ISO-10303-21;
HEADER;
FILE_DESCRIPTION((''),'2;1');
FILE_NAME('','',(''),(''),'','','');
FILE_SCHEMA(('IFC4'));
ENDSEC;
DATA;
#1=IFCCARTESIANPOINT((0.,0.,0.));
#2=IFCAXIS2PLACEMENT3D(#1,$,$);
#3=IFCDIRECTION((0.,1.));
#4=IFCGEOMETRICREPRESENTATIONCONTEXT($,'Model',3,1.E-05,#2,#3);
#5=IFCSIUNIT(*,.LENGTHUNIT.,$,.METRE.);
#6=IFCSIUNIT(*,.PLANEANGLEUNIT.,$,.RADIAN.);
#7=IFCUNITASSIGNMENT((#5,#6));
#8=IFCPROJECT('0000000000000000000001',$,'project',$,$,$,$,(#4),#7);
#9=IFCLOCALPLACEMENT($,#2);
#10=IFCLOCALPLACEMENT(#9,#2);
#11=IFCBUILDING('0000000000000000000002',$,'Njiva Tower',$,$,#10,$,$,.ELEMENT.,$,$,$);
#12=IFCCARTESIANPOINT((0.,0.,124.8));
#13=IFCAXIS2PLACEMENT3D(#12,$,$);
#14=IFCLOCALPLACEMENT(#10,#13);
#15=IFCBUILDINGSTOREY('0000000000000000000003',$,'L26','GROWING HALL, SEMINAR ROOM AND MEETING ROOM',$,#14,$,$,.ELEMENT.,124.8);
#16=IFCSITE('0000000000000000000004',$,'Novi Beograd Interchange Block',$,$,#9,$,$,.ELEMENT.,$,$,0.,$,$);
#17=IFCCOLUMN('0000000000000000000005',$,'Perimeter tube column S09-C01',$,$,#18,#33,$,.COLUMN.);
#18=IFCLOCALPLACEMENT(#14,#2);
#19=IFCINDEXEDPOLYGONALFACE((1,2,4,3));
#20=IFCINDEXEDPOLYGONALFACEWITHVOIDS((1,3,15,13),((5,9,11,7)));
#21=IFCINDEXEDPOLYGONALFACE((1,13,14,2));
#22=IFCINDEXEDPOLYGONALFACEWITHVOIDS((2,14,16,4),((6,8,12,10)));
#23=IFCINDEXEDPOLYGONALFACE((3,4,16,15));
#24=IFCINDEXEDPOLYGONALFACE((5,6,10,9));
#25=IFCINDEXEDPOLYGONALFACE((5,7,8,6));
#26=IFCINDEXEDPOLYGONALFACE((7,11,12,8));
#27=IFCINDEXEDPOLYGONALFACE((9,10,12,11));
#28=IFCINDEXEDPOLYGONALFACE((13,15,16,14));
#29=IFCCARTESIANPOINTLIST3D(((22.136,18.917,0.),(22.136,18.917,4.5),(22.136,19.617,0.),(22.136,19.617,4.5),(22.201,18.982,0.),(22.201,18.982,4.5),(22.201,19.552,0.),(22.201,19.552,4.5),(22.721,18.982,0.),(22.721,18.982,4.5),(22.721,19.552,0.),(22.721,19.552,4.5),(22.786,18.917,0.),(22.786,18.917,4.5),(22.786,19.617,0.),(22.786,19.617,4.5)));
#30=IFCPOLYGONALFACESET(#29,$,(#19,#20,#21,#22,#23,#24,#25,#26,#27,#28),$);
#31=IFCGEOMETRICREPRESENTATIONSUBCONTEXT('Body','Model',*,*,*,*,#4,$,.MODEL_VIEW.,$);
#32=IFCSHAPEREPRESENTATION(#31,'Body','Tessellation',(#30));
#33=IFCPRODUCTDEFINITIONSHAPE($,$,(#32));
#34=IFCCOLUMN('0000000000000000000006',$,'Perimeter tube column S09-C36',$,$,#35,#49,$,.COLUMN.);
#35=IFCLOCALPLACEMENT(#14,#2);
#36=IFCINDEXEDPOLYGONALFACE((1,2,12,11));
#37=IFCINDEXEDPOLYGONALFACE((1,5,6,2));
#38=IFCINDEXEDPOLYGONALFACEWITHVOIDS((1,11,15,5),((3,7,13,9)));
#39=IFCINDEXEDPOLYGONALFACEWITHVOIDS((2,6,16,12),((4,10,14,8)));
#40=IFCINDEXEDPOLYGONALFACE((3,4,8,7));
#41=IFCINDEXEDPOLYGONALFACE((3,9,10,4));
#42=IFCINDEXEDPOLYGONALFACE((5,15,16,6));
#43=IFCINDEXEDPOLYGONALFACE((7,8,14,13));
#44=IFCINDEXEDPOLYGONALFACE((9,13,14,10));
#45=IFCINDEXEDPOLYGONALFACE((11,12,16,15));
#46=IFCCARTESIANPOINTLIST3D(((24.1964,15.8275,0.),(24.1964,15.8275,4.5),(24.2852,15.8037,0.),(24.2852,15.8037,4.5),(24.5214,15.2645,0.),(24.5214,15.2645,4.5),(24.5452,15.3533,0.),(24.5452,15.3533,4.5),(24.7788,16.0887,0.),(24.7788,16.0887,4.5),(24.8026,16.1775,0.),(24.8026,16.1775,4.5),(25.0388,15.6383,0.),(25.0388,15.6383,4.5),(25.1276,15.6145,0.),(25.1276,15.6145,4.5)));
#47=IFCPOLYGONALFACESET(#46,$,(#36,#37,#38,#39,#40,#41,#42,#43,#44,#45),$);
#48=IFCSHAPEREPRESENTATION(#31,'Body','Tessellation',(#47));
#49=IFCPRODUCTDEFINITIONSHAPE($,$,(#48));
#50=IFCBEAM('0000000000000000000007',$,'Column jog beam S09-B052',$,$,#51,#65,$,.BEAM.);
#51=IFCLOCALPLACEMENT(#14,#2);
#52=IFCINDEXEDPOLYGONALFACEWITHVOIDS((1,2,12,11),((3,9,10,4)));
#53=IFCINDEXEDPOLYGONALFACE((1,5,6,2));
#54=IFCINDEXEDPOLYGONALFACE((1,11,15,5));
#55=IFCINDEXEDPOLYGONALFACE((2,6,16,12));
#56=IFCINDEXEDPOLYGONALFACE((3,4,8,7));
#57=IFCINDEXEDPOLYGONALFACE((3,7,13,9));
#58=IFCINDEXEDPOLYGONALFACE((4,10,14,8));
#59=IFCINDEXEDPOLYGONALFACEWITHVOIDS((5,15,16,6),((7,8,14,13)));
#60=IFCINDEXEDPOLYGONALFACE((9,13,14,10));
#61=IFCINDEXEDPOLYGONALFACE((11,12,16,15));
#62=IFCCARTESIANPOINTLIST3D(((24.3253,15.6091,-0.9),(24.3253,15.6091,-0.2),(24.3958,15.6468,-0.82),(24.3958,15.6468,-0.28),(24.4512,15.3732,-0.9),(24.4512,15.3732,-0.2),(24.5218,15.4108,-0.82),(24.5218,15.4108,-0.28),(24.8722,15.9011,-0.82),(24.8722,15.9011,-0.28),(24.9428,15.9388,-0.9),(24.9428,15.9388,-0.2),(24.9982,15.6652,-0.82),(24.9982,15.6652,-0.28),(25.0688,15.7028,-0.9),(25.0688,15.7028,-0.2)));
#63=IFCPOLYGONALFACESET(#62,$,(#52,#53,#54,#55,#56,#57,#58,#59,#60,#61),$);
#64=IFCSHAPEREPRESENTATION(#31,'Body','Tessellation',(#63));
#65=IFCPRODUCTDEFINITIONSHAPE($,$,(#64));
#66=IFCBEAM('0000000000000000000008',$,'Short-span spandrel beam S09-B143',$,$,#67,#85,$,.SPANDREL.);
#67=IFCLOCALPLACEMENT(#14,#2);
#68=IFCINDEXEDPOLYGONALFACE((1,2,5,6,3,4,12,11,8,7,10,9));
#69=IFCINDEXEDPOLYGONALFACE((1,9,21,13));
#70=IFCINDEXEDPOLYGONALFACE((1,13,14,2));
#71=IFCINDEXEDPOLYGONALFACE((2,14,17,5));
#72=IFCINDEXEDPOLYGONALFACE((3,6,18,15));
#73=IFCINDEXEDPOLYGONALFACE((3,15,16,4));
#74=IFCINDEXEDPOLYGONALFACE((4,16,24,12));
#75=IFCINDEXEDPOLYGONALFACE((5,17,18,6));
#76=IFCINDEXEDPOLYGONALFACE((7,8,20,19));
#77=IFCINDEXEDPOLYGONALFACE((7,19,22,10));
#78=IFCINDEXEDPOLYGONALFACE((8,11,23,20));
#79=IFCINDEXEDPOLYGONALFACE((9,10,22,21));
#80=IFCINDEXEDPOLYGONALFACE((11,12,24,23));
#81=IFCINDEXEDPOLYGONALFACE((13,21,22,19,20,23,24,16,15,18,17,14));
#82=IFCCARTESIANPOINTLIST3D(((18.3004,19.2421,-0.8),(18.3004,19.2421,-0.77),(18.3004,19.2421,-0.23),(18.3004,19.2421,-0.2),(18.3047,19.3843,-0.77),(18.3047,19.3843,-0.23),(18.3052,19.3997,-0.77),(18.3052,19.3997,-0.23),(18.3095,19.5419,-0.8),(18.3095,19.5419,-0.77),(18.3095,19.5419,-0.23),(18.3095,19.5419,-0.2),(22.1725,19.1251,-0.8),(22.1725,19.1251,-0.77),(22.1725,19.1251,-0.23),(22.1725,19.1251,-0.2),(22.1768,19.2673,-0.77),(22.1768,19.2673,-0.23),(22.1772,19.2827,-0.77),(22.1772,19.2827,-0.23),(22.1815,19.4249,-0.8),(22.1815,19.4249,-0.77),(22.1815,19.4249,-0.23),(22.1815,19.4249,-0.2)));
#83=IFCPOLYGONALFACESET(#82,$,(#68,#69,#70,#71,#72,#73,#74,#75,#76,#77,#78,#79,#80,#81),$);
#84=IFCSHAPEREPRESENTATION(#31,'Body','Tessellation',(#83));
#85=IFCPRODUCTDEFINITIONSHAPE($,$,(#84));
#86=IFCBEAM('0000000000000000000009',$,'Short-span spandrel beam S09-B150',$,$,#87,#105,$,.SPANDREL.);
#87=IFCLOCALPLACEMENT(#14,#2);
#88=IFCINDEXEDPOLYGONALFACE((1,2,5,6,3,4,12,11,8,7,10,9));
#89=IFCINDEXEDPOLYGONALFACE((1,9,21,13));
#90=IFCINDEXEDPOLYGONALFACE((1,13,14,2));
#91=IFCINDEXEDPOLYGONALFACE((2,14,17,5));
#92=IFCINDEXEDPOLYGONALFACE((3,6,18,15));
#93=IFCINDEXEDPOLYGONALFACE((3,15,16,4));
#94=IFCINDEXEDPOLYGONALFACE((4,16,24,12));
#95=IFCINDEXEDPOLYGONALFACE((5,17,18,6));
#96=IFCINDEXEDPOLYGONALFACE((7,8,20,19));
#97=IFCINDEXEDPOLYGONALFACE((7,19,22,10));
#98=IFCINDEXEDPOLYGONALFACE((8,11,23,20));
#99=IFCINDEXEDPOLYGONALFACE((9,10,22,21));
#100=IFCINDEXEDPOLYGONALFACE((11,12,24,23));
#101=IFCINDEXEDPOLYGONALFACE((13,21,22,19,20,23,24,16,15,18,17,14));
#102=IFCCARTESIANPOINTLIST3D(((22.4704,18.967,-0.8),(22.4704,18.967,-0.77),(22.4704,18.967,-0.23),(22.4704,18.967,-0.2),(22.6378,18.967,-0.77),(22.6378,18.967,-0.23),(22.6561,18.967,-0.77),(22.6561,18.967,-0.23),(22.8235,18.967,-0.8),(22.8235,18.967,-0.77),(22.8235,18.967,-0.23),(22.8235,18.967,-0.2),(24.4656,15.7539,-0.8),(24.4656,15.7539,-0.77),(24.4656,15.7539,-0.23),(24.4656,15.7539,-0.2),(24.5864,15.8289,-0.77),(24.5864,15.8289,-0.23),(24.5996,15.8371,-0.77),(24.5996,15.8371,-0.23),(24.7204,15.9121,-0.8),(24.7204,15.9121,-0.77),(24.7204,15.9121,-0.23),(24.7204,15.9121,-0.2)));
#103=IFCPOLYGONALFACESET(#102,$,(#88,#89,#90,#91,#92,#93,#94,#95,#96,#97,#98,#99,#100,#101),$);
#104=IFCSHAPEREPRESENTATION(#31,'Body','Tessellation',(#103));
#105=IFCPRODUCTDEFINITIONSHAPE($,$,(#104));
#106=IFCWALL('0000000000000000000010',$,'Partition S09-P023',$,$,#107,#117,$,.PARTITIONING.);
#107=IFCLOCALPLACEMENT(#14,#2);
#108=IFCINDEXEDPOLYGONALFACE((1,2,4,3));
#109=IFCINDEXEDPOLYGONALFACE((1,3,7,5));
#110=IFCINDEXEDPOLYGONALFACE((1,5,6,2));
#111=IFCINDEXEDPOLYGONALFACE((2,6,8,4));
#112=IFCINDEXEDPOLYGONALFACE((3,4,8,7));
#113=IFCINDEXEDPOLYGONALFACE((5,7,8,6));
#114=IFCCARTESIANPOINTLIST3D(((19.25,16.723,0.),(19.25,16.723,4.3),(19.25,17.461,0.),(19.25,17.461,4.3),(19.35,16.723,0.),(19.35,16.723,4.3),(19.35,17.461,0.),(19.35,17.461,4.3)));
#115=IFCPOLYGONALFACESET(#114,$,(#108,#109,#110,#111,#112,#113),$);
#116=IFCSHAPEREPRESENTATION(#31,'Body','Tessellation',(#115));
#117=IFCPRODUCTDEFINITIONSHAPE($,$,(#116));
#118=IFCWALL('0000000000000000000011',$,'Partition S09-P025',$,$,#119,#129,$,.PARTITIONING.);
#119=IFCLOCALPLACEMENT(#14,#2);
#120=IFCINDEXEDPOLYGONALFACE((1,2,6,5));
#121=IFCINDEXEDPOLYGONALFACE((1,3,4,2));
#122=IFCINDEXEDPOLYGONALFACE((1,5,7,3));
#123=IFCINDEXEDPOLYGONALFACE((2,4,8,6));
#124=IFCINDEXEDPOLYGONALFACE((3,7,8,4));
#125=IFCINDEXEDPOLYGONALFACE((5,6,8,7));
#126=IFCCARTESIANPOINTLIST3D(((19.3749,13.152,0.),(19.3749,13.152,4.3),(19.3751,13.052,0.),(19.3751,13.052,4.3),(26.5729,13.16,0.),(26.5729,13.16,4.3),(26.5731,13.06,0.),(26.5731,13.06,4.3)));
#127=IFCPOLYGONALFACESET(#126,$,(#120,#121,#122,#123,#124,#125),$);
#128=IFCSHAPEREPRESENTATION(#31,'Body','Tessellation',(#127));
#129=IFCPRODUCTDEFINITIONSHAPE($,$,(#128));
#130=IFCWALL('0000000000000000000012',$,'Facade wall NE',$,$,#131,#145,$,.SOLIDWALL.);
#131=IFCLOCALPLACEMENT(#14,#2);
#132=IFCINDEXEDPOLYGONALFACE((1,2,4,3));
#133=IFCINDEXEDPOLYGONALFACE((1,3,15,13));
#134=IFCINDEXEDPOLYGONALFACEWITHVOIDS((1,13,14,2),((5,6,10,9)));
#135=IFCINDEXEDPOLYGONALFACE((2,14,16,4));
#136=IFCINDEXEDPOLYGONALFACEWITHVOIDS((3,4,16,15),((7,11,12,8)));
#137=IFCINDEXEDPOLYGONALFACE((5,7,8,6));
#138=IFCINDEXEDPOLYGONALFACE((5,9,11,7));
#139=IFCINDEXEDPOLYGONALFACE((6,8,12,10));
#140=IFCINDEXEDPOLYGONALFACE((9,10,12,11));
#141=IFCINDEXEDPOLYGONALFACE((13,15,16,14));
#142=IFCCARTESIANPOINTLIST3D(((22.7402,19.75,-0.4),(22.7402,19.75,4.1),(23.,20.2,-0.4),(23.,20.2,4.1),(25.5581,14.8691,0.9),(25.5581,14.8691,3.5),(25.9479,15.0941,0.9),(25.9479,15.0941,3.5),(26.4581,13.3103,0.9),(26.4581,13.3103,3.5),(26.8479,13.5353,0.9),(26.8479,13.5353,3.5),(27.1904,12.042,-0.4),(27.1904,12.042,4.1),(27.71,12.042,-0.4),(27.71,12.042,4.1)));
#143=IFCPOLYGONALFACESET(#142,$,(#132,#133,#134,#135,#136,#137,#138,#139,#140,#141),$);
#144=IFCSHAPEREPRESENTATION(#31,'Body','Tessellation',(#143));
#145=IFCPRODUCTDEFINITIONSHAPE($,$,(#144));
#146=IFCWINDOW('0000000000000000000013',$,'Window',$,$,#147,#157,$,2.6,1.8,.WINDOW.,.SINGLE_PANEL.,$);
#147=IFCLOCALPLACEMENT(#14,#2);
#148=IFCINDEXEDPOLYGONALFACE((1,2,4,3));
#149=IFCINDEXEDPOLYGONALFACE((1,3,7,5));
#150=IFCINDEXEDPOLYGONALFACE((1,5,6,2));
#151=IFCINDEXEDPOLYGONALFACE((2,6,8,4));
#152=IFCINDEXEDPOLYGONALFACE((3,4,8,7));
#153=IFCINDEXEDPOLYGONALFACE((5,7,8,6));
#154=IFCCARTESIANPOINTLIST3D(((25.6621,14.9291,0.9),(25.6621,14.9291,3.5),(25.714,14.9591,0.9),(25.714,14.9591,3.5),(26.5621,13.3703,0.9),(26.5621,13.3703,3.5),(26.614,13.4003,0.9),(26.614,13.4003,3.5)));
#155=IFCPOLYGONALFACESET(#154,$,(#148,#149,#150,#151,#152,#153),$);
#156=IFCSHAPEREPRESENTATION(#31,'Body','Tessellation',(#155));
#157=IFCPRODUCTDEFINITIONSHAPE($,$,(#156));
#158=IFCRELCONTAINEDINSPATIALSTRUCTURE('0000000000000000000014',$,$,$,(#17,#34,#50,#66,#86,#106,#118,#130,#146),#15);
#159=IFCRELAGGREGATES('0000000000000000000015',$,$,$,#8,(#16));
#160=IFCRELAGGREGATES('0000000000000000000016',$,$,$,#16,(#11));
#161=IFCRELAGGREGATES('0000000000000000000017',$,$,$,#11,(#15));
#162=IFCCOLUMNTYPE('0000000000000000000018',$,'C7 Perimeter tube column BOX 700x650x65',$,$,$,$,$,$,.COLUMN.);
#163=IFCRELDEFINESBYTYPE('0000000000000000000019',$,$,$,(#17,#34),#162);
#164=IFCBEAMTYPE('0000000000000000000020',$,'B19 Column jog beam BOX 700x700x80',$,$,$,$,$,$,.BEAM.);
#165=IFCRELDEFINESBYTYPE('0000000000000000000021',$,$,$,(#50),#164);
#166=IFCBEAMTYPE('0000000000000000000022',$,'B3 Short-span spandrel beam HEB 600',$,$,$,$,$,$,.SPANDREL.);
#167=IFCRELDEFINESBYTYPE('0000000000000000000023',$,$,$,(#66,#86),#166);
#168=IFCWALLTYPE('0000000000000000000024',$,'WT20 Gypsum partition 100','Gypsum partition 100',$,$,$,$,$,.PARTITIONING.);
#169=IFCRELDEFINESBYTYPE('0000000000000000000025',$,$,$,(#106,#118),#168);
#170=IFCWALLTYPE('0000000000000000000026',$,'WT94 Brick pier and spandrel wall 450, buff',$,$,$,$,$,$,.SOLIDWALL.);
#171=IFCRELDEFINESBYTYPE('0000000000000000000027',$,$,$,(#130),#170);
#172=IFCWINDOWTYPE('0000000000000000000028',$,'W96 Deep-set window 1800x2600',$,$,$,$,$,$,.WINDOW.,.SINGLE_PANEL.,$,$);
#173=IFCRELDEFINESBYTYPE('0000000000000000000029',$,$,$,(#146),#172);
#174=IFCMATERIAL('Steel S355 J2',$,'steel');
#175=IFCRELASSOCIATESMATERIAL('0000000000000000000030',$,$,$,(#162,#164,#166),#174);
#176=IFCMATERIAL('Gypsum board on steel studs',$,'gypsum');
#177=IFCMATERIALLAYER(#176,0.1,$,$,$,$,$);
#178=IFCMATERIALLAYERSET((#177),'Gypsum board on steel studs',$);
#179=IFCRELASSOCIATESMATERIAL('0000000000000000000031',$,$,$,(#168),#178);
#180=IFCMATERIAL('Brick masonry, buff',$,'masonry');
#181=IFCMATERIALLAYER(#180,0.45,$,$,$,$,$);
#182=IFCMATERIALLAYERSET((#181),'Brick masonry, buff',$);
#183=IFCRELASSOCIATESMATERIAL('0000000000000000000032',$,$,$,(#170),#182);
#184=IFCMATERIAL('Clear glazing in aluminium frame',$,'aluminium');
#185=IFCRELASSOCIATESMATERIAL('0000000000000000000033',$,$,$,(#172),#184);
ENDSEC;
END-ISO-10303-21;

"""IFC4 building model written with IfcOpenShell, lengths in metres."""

from ifc_helpers import new_model, si_unit, direction, frame, frame_2d, origin, origin_2d, place, context, subcontext, project, spatial, polyline, rectangle, hollow_rectangle, i_section, outline, extrude, clip, halfspace, material, layer, layer_set, material_profile, profile_set, type_object, element, fill, save


model = new_model("IFC4")

# Units and contexts
model_context = context("Model", 3, precision=1e-05, world=origin(), true_north=direction((0.0, 1.0)))
body_context = subcontext(model_context, "Body", "Model", "MODEL_VIEW")
ifc_project = project(units=[si_unit("LENGTHUNIT", "METRE"), si_unit("PLANEANGLEUNIT", "RADIAN")], contexts=[model_context])

# Site, building, storey
site_placement = place(None, origin())
site = spatial("IfcSite", under=ifc_project, at=site_placement, Name="Novi Beograd Interchange Block", CompositionType="ELEMENT", RefElevation=0.0)
building_placement = place(site_placement, origin())
building = spatial("IfcBuilding", under=site, at=building_placement, Name="Njiva Tower", CompositionType="ELEMENT")
storey_placement = place(building_placement, frame((0.0, 0.0, 124.8)))
storey = spatial("IfcBuildingStorey", under=building, at=storey_placement, Name="L26", Description="GROWING HALL, SEMINAR ROOM AND MEETING ROOM", CompositionType="ELEMENT", Elevation=124.8)

# Columns
ifc_material_1 = material(Name="Steel S355 J2", Category="steel")
ifc_material_profile_1 = material_profile(ifc_material_1, hollow_rectangle(XDim=0.65, YDim=0.7, WallThickness=0.065, at=origin_2d()), Name="BOX 700x650x65")
ifc_profile_set_1 = profile_set([ifc_material_profile_1], Name="Steel S355 J2")
column_type = type_object("IfcColumnType", Name="C7 Perimeter tube column BOX 700x650x65", PredefinedType="COLUMN", material=ifc_profile_set_1)
for number, where, z_axis, x_axis, name in (
    (1, (22.461, 19.267, 0.0), (0.0, 0.0, 1.0), (-1.0, 0.0, 0.0), "Perimeter tube column S09-C01"),
    (2, (24.662, 15.721, 0.0), (0.0, 0.0, 1.0), (-0.5, 0.866025, 0.0), "Perimeter tube column S09-C36"),
):
    element("IfcColumn", number, at=place(storey_placement, frame(where, z_axis=z_axis, x_axis=x_axis)), inside=storey, type_object=column_type, Name=name, PredefinedType="COLUMN", context=body_context, shape_type="SweptSolid", body=[
        extrude(hollow_rectangle(XDim=0.65, YDim=0.7, WallThickness=0.065, at=origin_2d()), origin(), (0.0, 0.0, 1.0), 4.5),
    ])

# Beams
ifc_material_profile_2 = material_profile(ifc_material_1, hollow_rectangle(XDim=0.7, YDim=0.7, WallThickness=0.08, at=origin_2d()), Name="BOX 700x700x80")
ifc_profile_set_2 = profile_set([ifc_material_profile_2], Name="Steel S355 J2")
beam_type_1 = type_object("IfcBeamType", Name="B19 Column jog beam BOX 700x700x80", PredefinedType="BEAM", material=ifc_profile_set_2)
beam_1_placement = place(storey_placement, frame((24.76, 15.538, -0.55), z_axis=(-0.470976, 0.882146, 0.0), x_axis=(-0.882146, -0.470976, 0.0)))
element("IfcBeam", 3, at=beam_1_placement, inside=storey, type_object=beam_type_1, Name="Column jog beam S09-B052", PredefinedType="BEAM", context=body_context, shape_type="SweptSolid", body=[
    extrude(hollow_rectangle(XDim=0.7, YDim=0.7, WallThickness=0.08, at=origin_2d()), origin(), (0.0, 0.0, 1.0), 0.2675),
])
ifc_material_profile_3 = material_profile(ifc_material_1, i_section(OverallWidth=0.3, OverallDepth=0.6, WebThickness=0.0155, FlangeThickness=0.03, at=origin_2d()), Name="HEB 600")
ifc_profile_set_3 = profile_set([ifc_material_profile_3], Name="Steel S355 J2")
beam_type_2 = type_object("IfcBeamType", Name="B3 Short-span spandrel beam HEB 600", PredefinedType="SPANDREL", material=ifc_profile_set_3)
beam_2_placement = place(storey_placement, frame((22.177, 19.275, -0.5), z_axis=(-0.999544, 0.030203, 0.0), x_axis=(-0.030203, -0.999544, 0.0)))
element("IfcBeam", 4, at=beam_2_placement, inside=storey, type_object=beam_type_2, Name="Short-span spandrel beam S09-B143", PredefinedType="SPANDREL", context=body_context, shape_type="SweptSolid", body=[
    extrude(i_section(OverallWidth=0.3, OverallDepth=0.6, WebThickness=0.0155, FlangeThickness=0.03, at=origin_2d()), origin(), (0.0, 0.0, 1.0), 3.8738),
])
beam_3_placement = place(storey_placement, frame((24.593, 15.833, -0.5), z_axis=(-0.527511, 0.849548, 0.0), x_axis=(-0.849548, -0.527511, 0.0)))
element("IfcBeam", 5, at=beam_3_placement, inside=storey, type_object=beam_type_2, Name="Short-span spandrel beam S09-B150", PredefinedType="SPANDREL", context=body_context, shape_type="Clipping", body=[
    clip(extrude(i_section(OverallWidth=0.3, OverallDepth=0.6, WebThickness=0.0155, FlangeThickness=0.03, at=origin_2d()), origin(), (0.0, 0.0, 1.0), 3.802), halfspace(frame((-0.0267, 0.0, 3.6725), z_axis=(-0.527511, 0.0, 0.849548), x_axis=(0.0, 1.0, 0.0)), False)),
])

# Walls
ifc_material_2 = material(Name="Gypsum board on steel studs", Category="gypsum")
ifc_layer_1 = layer(ifc_material_2, 0.1)
ifc_layer_set_1 = layer_set([ifc_layer_1], Name="Gypsum board on steel studs")
wall_type_1 = type_object("IfcWallType", Name="WT20 Gypsum partition 100", Description="Gypsum partition 100", PredefinedType="PARTITIONING", material=ifc_layer_set_1)
wall_1_placement = place(storey_placement, frame((19.3, 16.723, 0.0), z_axis=(0.0, 0.0, 1.0), x_axis=(0.0, 1.0, 0.0)))
element("IfcWall", 6, at=wall_1_placement, inside=storey, type_object=wall_type_1, Name="Partition S09-P023", PredefinedType="PARTITIONING", context=body_context, shape_type="SweptSolid", body=[
    extrude(rectangle(XDim=0.738, YDim=0.1, at=frame_2d((0.369, 0.0))), origin(), (0.0, 0.0, 1.0), 4.3),
])
wall_2_placement = place(storey_placement, frame((19.375, 13.102, 0.0), z_axis=(0.0, 0.0, 1.0), x_axis=(0.999999, 0.001111, 0.0)))
element("IfcWall", 7, at=wall_2_placement, inside=storey, type_object=wall_type_1, Name="Partition S09-P025", PredefinedType="PARTITIONING", context=body_context, shape_type="SweptSolid", body=[
    extrude(rectangle(XDim=7.198, YDim=0.1, at=frame_2d((3.599, 0.0))), origin(), (0.0, 0.0, 1.0), 4.3),
])

# Shared definitions
ifc_material_3 = material(Name="Clear glazing in aluminium frame", Category="aluminium")

# Wall, opening, window
ifc_material_4 = material(Name="Brick masonry, buff", Category="masonry")
ifc_layer_2 = layer(ifc_material_4, 0.45)
ifc_layer_set_2 = layer_set([ifc_layer_2], Name="Brick masonry, buff")
wall_type_2 = type_object("IfcWallType", Name="WT94 Brick pier and spandrel wall 450, buff", PredefinedType="SOLIDWALL", material=ifc_layer_set_2)
wall_3_placement = place(storey_placement, frame((27.4502, 12.042, -0.4), z_axis=(0.0, 0.0, 1.0), x_axis=(-0.499998, 0.866026, 0.0)))
wall_3 = element("IfcWall", 8, at=wall_3_placement, inside=storey, type_object=wall_type_2, Name="Facade wall NE", PredefinedType="SOLIDWALL", context=body_context, shape_type="SweptSolid", body=[
    extrude(outline(polyline([(-0.1299, -0.225), (9.2901, -0.225), (9.0303, 0.225), (0.1299, 0.225), (-0.1299, -0.225)])), origin(), (0.0, 0.0, 1.0), 4.5),
])
opening_1_placement = place(wall_3_placement, frame((1.5944, 0.0, 1.3)))
opening_1 = element("IfcOpeningElement", 9, at=opening_1_placement, cuts=wall_3, PredefinedType="OPENING", context=body_context, shape_type="SweptSolid", body=[
    extrude(rectangle(XDim=1.8, YDim=2.6, at=frame_2d((0.9, 1.3))), frame((0.0, 0.235, 0.0), z_axis=(0.0, -1.0, 0.0), x_axis=(1.0, 0.0, 0.0)), (0.0, 0.0, 1.0), 0.47),
])
window_type_1 = type_object("IfcWindowType", Name="W96 Deep-set window 1800x2600", PartitioningType="SINGLE_PANEL", PredefinedType="WINDOW", material=ifc_material_3)
window_1_placement = place(opening_1_placement, origin())
window_1 = element("IfcWindow", 10, at=window_1_placement, inside=storey, type_object=window_type_1, Name="Window", OverallHeight=2.6, OverallWidth=1.8, PartitioningType="SINGLE_PANEL", PredefinedType="WINDOW", context=body_context, shape_type="SweptSolid", body=[
    extrude(rectangle(XDim=1.8, YDim=2.6, at=frame_2d((0.9, 1.3))), frame((0.0, 0.105, 0.0), z_axis=(0.0, -1.0, 0.0), x_axis=(1.0, 0.0, 0.0)), (0.0, 0.0, 1.0), 0.06),
])
fill(opening_1, window_1)

save(model, "model.ifc")
